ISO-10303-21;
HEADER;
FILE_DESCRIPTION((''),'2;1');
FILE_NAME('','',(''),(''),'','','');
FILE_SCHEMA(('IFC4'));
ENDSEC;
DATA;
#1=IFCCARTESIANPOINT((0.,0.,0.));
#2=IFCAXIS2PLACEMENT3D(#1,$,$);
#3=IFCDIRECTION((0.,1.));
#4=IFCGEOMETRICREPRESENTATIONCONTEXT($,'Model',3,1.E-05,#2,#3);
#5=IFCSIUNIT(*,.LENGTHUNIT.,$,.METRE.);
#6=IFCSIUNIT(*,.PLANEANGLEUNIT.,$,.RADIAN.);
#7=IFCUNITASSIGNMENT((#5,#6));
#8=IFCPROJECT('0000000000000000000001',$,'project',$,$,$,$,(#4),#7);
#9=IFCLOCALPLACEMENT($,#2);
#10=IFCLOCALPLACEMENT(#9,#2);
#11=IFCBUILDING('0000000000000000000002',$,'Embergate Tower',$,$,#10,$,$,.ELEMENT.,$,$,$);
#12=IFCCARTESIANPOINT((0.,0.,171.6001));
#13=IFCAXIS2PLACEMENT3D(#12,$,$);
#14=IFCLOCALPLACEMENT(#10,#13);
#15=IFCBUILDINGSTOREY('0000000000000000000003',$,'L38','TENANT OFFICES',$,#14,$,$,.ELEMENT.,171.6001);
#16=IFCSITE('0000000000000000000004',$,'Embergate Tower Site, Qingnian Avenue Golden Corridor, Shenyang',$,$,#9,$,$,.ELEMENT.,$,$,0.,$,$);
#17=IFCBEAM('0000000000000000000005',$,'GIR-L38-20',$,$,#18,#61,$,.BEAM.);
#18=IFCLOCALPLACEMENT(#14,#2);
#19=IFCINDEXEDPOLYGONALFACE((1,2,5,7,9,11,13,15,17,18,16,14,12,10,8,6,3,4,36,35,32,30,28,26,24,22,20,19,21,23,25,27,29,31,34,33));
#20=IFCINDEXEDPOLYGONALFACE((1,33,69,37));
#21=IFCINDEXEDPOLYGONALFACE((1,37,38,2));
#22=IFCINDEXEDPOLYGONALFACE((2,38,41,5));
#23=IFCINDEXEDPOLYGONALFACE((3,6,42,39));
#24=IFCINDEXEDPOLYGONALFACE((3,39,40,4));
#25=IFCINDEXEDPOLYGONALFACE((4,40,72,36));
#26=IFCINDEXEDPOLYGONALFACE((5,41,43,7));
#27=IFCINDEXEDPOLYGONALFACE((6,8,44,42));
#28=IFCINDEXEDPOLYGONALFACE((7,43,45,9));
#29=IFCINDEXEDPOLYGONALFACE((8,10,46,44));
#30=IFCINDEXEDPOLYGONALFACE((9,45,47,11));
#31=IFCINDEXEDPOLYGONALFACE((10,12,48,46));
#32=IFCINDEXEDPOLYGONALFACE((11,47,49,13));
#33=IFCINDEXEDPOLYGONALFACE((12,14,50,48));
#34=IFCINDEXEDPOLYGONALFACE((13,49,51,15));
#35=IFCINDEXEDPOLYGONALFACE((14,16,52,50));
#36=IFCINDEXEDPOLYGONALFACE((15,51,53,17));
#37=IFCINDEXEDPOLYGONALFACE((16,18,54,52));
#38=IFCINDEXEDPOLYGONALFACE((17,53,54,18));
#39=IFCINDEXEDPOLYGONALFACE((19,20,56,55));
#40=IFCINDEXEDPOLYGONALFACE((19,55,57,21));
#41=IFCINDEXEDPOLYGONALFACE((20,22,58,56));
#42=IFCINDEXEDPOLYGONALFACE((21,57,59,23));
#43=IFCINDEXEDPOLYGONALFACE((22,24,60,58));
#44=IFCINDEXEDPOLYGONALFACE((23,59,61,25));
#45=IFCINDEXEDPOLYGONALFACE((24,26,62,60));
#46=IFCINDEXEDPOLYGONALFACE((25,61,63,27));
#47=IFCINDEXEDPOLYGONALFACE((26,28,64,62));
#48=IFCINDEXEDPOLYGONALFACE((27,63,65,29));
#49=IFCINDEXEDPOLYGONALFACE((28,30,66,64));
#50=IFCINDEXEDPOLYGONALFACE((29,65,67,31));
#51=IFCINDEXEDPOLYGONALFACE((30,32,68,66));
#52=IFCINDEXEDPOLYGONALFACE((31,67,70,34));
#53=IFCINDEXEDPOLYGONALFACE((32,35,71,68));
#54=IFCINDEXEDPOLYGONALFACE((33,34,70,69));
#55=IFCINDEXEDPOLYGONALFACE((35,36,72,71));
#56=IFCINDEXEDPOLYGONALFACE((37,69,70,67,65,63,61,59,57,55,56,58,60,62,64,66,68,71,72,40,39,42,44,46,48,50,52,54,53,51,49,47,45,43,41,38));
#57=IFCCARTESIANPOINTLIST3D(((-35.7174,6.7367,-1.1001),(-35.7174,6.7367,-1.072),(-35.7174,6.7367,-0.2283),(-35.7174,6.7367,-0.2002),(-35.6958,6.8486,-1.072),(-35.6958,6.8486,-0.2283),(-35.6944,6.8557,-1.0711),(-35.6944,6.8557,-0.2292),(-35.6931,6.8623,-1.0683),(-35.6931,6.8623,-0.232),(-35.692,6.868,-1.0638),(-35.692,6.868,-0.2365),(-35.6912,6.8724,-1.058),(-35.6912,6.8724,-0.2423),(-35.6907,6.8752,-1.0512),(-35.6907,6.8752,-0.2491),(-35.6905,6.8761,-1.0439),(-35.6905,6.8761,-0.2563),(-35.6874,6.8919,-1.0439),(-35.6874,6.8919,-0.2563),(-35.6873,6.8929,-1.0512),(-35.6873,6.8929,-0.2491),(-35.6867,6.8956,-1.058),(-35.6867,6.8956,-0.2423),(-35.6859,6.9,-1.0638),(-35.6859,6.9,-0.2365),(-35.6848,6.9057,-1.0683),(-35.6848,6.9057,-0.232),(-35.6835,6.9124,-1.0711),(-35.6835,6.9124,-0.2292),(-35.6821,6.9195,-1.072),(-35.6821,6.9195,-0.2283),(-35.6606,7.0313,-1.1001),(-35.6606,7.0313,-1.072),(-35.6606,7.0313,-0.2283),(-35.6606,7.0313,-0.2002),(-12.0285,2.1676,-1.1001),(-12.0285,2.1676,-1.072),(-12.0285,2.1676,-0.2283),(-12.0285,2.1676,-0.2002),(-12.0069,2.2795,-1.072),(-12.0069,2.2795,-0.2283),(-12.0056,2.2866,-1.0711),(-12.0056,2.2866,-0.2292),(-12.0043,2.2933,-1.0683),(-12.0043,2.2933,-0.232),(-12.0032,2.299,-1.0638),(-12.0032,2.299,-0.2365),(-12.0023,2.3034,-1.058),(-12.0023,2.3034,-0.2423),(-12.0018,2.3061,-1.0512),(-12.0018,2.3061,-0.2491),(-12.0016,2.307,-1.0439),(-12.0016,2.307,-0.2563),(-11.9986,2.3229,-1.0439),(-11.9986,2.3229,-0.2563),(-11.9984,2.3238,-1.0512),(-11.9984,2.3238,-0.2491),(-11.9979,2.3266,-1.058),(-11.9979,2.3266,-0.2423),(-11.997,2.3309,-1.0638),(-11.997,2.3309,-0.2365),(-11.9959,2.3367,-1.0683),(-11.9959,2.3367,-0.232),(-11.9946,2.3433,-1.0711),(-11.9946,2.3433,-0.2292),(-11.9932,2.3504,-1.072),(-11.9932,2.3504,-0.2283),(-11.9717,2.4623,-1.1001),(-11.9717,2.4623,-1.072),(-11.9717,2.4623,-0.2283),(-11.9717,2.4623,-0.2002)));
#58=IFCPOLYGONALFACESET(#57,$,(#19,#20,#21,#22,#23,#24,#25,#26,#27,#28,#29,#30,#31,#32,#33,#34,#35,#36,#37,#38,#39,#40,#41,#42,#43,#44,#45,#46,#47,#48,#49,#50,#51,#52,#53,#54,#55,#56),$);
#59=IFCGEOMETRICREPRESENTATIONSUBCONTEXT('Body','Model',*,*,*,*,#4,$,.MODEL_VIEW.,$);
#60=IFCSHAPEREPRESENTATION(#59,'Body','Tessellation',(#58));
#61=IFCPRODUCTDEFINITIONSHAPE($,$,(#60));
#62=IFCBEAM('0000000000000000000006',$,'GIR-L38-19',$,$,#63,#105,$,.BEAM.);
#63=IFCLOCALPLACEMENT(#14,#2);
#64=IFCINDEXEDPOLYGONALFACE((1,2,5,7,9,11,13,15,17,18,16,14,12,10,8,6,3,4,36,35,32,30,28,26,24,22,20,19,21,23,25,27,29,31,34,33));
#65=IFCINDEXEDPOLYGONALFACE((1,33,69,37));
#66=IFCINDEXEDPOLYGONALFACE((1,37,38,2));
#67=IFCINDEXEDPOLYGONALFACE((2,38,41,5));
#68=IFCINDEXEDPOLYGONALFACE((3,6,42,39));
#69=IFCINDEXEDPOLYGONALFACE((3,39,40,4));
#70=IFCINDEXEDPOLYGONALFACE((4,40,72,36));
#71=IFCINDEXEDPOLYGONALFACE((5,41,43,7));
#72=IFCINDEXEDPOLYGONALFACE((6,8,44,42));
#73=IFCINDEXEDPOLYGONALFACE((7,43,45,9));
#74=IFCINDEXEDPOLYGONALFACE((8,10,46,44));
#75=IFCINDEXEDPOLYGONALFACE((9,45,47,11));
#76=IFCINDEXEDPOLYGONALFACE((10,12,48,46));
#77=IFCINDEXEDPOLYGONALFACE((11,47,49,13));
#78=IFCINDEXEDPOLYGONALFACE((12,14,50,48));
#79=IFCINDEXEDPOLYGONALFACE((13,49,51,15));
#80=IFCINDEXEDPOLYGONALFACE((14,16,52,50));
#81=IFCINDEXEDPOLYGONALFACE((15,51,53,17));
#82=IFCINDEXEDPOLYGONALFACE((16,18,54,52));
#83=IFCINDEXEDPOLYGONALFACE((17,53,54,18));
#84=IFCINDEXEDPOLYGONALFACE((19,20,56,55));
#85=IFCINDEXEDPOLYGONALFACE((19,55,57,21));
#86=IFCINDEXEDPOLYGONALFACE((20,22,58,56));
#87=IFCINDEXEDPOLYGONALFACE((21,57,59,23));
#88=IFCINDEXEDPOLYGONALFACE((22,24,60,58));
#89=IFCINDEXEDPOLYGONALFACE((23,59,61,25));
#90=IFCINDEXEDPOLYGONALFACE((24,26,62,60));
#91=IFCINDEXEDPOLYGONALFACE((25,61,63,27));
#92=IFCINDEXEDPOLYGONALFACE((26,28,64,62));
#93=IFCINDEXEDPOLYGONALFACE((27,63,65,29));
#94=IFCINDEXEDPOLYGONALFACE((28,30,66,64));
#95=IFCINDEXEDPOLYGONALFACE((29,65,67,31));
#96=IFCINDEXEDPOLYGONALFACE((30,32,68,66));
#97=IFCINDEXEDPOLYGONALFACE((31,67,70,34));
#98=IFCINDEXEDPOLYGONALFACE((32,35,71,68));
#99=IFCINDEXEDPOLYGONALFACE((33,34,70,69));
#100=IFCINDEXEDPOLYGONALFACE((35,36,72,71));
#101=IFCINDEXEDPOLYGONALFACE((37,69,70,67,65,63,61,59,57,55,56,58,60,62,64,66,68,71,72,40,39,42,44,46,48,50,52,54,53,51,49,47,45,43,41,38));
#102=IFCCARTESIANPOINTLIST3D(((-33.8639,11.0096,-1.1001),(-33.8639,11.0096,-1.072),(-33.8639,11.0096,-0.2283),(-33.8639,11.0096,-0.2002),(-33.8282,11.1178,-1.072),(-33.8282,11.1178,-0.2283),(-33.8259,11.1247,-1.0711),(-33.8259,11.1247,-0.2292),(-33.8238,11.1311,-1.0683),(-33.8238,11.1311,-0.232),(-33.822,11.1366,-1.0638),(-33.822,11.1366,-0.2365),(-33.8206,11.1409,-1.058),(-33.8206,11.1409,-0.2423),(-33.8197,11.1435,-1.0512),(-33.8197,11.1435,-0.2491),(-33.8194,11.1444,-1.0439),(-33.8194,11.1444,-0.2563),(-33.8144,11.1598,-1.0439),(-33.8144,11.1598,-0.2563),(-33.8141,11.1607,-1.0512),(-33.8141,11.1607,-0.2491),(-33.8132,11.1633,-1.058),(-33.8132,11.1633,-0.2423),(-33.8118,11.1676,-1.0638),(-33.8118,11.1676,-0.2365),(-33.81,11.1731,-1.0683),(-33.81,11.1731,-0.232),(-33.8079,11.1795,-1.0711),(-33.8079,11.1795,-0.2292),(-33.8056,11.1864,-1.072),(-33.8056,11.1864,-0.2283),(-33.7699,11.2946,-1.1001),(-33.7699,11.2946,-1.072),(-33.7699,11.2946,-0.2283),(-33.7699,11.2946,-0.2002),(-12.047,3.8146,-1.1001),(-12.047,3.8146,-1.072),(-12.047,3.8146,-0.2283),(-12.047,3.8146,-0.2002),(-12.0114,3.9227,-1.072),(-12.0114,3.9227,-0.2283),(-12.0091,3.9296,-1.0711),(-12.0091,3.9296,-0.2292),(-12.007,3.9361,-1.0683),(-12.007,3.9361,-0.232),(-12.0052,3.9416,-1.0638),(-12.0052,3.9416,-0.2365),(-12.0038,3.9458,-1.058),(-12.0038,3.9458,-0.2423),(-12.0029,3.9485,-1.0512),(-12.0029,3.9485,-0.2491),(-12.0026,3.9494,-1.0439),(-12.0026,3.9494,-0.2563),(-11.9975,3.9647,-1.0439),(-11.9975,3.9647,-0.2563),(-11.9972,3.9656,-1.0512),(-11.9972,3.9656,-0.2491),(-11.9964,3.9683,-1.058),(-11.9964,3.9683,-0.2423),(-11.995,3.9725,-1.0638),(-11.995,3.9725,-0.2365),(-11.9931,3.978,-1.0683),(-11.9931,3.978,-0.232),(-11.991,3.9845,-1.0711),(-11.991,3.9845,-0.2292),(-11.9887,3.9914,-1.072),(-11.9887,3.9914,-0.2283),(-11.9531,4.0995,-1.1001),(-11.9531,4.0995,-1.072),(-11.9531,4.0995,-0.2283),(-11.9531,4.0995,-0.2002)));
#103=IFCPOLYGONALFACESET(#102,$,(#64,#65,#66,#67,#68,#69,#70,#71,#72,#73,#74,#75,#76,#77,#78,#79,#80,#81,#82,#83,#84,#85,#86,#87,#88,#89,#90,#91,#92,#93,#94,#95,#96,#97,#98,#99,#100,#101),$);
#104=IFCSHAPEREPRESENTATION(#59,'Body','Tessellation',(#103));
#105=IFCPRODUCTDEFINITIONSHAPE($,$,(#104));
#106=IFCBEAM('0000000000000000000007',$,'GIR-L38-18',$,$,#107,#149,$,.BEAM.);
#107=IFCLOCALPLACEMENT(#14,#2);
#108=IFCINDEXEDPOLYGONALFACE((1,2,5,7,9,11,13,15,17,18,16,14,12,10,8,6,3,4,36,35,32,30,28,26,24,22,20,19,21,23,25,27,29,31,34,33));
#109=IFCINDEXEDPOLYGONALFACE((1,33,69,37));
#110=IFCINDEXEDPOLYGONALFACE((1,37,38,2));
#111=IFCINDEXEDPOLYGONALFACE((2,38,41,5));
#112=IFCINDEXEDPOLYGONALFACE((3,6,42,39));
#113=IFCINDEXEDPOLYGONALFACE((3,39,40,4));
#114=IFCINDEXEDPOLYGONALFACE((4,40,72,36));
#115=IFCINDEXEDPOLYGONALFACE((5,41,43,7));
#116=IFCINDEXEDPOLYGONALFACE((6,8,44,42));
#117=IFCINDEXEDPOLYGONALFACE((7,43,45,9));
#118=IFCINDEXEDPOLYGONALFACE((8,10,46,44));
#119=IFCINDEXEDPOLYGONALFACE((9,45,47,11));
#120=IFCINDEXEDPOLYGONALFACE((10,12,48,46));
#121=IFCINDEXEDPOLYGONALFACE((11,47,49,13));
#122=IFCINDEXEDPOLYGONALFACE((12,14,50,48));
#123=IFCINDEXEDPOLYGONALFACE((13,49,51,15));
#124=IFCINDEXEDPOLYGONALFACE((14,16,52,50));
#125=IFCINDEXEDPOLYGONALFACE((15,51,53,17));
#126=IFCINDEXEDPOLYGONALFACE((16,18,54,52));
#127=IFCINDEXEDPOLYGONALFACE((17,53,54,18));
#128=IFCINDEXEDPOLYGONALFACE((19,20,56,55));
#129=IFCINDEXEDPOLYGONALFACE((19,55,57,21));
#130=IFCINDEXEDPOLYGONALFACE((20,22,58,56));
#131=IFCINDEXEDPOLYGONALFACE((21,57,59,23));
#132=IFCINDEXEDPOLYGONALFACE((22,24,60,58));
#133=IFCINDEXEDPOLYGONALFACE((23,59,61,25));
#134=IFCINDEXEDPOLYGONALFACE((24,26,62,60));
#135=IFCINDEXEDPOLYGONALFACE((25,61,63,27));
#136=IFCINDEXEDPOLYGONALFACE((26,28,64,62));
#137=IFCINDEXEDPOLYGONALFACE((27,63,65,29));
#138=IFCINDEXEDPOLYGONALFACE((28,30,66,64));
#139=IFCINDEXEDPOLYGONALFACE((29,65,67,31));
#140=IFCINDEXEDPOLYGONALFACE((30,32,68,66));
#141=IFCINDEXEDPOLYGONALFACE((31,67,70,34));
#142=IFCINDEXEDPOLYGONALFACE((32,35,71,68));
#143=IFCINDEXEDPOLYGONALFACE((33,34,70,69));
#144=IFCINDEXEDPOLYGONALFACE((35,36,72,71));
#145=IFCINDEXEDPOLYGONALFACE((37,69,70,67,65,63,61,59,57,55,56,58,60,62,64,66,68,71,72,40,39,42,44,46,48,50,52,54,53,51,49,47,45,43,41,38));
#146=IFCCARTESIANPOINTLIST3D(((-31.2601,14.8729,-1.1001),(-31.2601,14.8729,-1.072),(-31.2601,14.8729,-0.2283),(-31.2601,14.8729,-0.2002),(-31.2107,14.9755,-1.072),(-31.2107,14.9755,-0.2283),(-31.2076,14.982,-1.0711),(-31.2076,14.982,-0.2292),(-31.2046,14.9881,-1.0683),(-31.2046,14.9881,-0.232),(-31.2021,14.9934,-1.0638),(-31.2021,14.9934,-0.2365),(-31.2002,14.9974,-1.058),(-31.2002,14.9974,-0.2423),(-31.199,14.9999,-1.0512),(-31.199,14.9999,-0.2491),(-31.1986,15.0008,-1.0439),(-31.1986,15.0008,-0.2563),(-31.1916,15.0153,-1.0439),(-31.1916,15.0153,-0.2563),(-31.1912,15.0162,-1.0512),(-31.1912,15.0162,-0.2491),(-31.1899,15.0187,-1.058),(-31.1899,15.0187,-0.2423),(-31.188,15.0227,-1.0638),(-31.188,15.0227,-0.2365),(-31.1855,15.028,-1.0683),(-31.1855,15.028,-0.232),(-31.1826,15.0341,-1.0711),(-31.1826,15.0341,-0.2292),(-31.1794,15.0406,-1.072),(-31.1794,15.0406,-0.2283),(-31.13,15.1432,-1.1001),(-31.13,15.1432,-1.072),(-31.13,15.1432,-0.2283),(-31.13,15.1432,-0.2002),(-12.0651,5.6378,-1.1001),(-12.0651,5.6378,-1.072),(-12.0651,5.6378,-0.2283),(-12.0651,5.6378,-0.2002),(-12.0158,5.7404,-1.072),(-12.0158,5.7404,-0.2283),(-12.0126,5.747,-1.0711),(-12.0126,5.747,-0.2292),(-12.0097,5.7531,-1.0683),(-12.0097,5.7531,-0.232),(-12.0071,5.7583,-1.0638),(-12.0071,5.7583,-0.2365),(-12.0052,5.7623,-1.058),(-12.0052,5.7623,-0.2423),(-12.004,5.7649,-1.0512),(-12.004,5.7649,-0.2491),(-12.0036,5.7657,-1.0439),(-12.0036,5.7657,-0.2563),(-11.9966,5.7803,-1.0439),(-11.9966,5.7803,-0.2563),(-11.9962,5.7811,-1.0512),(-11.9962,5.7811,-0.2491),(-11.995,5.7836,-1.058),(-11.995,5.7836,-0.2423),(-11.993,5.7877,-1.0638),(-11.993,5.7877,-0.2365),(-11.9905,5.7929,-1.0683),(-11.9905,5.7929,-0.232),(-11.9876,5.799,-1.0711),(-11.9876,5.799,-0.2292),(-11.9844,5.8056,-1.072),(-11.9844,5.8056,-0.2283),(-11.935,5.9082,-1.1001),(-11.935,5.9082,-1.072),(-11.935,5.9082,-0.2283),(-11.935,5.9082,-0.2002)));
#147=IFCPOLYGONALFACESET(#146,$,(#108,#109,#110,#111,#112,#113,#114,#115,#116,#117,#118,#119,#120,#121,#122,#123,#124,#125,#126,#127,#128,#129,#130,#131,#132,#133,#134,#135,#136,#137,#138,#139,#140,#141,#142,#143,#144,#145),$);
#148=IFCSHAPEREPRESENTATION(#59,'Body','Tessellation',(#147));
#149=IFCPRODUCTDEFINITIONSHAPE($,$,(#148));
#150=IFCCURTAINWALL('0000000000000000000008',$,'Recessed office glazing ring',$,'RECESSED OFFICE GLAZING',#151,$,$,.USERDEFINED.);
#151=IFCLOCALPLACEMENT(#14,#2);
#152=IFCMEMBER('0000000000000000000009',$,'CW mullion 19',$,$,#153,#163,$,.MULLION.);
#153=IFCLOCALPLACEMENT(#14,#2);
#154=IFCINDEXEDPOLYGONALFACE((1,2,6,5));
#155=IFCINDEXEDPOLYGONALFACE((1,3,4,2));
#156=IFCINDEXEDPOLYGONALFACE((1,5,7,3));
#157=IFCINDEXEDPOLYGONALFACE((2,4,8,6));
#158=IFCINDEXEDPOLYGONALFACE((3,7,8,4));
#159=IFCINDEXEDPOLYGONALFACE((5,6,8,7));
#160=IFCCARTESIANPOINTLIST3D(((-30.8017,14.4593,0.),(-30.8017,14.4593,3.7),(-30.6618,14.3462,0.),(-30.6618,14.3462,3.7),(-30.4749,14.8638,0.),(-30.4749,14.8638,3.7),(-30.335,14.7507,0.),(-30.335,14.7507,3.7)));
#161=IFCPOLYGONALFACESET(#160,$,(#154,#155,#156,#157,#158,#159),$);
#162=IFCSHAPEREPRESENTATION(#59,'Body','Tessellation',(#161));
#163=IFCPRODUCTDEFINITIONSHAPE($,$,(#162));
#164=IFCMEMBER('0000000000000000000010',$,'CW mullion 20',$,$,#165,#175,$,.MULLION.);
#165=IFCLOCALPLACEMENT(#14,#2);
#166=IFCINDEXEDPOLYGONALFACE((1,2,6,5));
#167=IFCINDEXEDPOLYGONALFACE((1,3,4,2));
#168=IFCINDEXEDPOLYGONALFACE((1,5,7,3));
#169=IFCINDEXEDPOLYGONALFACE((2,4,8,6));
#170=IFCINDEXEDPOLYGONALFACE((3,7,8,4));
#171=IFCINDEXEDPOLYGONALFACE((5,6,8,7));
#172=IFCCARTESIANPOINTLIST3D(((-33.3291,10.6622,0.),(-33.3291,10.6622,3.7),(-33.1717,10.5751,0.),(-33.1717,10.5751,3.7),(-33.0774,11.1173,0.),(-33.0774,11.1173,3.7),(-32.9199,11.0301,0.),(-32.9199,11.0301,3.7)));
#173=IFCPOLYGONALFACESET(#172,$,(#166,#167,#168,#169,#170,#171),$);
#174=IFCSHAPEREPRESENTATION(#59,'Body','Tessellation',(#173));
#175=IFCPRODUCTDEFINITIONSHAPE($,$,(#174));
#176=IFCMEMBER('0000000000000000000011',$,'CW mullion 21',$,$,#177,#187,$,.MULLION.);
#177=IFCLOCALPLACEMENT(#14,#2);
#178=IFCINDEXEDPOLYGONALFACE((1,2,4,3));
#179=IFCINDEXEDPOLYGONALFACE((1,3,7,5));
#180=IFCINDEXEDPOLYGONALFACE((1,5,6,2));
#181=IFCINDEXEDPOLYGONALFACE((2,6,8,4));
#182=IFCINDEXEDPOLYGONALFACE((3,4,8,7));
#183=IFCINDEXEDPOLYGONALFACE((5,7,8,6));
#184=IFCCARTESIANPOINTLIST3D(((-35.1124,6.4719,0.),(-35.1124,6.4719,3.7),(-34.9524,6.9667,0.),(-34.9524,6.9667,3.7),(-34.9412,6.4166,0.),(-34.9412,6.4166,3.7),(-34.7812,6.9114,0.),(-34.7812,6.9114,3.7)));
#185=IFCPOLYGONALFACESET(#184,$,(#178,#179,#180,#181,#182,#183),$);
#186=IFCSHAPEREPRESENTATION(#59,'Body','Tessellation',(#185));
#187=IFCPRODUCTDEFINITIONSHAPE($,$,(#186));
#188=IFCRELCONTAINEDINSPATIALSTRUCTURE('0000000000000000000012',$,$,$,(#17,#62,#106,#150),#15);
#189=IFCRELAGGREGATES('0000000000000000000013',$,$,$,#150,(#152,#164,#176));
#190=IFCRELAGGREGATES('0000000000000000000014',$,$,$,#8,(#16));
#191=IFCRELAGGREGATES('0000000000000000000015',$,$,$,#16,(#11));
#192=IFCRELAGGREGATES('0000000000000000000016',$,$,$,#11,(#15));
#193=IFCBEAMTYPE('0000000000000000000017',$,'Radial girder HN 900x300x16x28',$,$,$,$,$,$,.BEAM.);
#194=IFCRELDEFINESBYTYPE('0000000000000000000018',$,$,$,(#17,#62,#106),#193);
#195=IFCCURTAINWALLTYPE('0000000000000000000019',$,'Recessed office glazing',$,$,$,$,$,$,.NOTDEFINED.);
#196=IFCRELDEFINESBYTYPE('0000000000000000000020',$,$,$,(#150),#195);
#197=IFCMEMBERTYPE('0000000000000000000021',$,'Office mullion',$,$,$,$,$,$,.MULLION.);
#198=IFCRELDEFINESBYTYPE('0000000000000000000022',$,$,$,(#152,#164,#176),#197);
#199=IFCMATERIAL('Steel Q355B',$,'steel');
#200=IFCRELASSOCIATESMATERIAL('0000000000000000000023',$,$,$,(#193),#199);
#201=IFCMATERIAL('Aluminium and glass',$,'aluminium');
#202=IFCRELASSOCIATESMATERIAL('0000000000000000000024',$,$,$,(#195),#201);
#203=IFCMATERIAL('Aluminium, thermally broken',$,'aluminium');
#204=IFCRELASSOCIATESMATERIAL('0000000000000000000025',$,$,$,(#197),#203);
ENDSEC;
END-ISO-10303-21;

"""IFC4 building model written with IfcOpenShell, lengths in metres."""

from ifc_helpers import new_model, si_unit, direction, frame, origin, origin_2d, place, context, subcontext, project, spatial, rectangle, i_section, extrude, source, transform, mapped, material, material_profile, profile_set, type_object, element, aggregate, save


model = new_model("IFC4")

# Units and contexts
model_context = context("Model", 3, precision=1e-05, world=origin(), true_north=direction((0.0, 1.0)))
body_context = subcontext(model_context, "Body", "Model", "MODEL_VIEW")
ifc_project = project(units=[si_unit("LENGTHUNIT", "METRE"), si_unit("PLANEANGLEUNIT", "RADIAN")], contexts=[model_context])

# Site, building, storey
site_placement = place(None, origin())
site = spatial("IfcSite", under=ifc_project, at=site_placement, Name="Embergate Tower Site, Qingnian Avenue Golden Corridor, Shenyang", CompositionType="ELEMENT", RefElevation=0.0)
building_placement = place(site_placement, origin())
building = spatial("IfcBuilding", under=site, at=building_placement, Name="Embergate Tower", CompositionType="ELEMENT")
storey_placement = place(building_placement, frame((0.0, 0.0, 171.6001)))
storey = spatial("IfcBuildingStorey", under=building, at=storey_placement, Name="L38", Description="TENANT OFFICES", CompositionType="ELEMENT", Elevation=171.6001)

# Beams
ifc_material_1 = material(Name="Steel Q355B", Category="steel")
ifc_material_profile_1 = material_profile(ifc_material_1, i_section(OverallWidth=0.3, OverallDepth=0.8999, WebThickness=0.0161, FlangeThickness=0.0281, FilletRadius=0.0281, at=origin_2d()), Name="HN 900x300x16x28")
ifc_profile_set_1 = profile_set([ifc_material_profile_1], Name="Steel Q355 grade B")
beam_type_1 = type_object("IfcBeamType", Name="Radial girder HN 900x300x16x28", PredefinedType="BEAM", material=ifc_profile_set_1)
shared_shape_1 = source(origin(), body_context, "Body", "SweptSolid", [
    extrude(i_section(OverallWidth=0.3, OverallDepth=0.8999, WebThickness=0.0161, FlangeThickness=0.0281, FilletRadius=0.0281, at=origin_2d()), origin(), (0.0, 0.0, 1.0), 24.1255),
])
beam_1_placement = place(storey_placement, frame((-35.689, 6.884, -0.6501), z_axis=(0.981902, -0.189388, 0.0), x_axis=(0.189388, 0.981902, 0.0)))
element("IfcBeam", 1, at=beam_1_placement, inside=storey, type_object=beam_type_1, Name="GIR-L38-20", PredefinedType="BEAM", context=body_context, shape_type="MappedRepresentation", body=[
    mapped(shared_shape_1, transform((0.0, 0.0, 0.0))),
])
shared_shape_2 = source(origin(), body_context, "Body", "SweptSolid", [
    extrude(i_section(OverallWidth=0.3, OverallDepth=0.8999, WebThickness=0.0161, FlangeThickness=0.0281, FilletRadius=0.0281, at=origin_2d()), origin(), (0.0, 0.0, 1.0), 22.9727),
])
beam_2_placement = place(storey_placement, frame((-33.8169, 11.1521, -0.6501), z_axis=(0.949687, -0.313201, 0.0), x_axis=(0.313201, 0.949687, 0.0)))
element("IfcBeam", 2, at=beam_2_placement, inside=storey, type_object=beam_type_1, Name="GIR-L38-19", PredefinedType="BEAM", context=body_context, shape_type="MappedRepresentation", body=[
    mapped(shared_shape_2, transform((0.0, 0.0, 0.0))),
])
shared_shape_3 = source(origin(), body_context, "Body", "SweptSolid", [
    extrude(i_section(OverallWidth=0.3, OverallDepth=0.8999, WebThickness=0.0161, FlangeThickness=0.0281, FilletRadius=0.0281, at=origin_2d()), origin(), (0.0, 0.0, 1.0), 21.301),
])
beam_3_placement = place(storey_placement, frame((-31.1951, 15.0081, -0.6501), z_axis=(0.901129, -0.43355, 0.0), x_axis=(0.43355, 0.901129, 0.0)))
element("IfcBeam", 3, at=beam_3_placement, inside=storey, type_object=beam_type_1, Name="GIR-L38-18", PredefinedType="BEAM", context=body_context, shape_type="MappedRepresentation", body=[
    mapped(shared_shape_3, transform((0.0, 0.0, 0.0))),
])

# Curtain wall, members
ifc_material_2 = material(Name="Aluminium and glass", Category="aluminium")
curtain_wall_type = type_object("IfcCurtainWallType", Name="Recessed office glazing", PredefinedType="NOTDEFINED", material=ifc_material_2)
curtain_wall_placement = place(storey_placement, origin())
curtain_wall = element("IfcCurtainWall", 4, at=curtain_wall_placement, inside=storey, type_object=curtain_wall_type, Name="Recessed office glazing ring", ObjectType="RECESSED OFFICE GLAZING", PredefinedType="USERDEFINED")
ifc_material_3 = material(Name="Aluminium, thermally broken", Category="aluminium")
ifc_material_profile_2 = material_profile(ifc_material_3, rectangle(XDim=0.1799, YDim=0.52, at=origin_2d()), Name="AL 520x180")
ifc_profile_set_2 = profile_set([ifc_material_profile_2], Name="Aluminium, thermally broken")
member_type_1 = type_object("IfcMemberType", Name="Office mullion", PredefinedType="MULLION", material=ifc_profile_set_2)
shared_shape_4 = source(origin(), body_context, "Body", "SweptSolid", [
    extrude(rectangle(XDim=0.1799, YDim=0.52, at=origin_2d()), origin(), (0.0, 0.0, 1.0), 3.7),
])
member_1_placement = place(storey_placement, frame((-30.5684, 14.605, 0.0), z_axis=(0.0, 0.0, 1.0), x_axis=(0.777867, -0.628429, 0.0)))
member_1 = element("IfcMember", 5, at=member_1_placement, type_object=member_type_1, Name="CW mullion 19", PredefinedType="MULLION", context=body_context, shape_type="MappedRepresentation", body=[
    mapped(shared_shape_4, transform((0.0, 0.0, 0.0))),
])
member_2_placement = place(storey_placement, frame((-33.1245, 10.8462, 0.0), z_axis=(0.0, 0.0, 1.0), x_axis=(0.874999, -0.484126, 0.0)))
member_2 = element("IfcMember", 6, at=member_2_placement, type_object=member_type_1, Name="CW mullion 20", PredefinedType="MULLION", context=body_context, shape_type="MappedRepresentation", body=[
    mapped(shared_shape_4, transform((0.0, 0.0, 0.0))),
])
member_3_placement = place(storey_placement, frame((-34.9468, 6.6917, 0.0), z_axis=(0.0, 0.0, 1.0), x_axis=(0.951496, -0.307661, 0.0)))
member_3 = element("IfcMember", 7, at=member_3_placement, type_object=member_type_1, Name="CW mullion 21", PredefinedType="MULLION", context=body_context, shape_type="MappedRepresentation", body=[
    mapped(shared_shape_4, transform((0.0, 0.0, 0.0))),
])
aggregate(curtain_wall, [member_1, member_2, member_3])

save(model, "model.ifc")
